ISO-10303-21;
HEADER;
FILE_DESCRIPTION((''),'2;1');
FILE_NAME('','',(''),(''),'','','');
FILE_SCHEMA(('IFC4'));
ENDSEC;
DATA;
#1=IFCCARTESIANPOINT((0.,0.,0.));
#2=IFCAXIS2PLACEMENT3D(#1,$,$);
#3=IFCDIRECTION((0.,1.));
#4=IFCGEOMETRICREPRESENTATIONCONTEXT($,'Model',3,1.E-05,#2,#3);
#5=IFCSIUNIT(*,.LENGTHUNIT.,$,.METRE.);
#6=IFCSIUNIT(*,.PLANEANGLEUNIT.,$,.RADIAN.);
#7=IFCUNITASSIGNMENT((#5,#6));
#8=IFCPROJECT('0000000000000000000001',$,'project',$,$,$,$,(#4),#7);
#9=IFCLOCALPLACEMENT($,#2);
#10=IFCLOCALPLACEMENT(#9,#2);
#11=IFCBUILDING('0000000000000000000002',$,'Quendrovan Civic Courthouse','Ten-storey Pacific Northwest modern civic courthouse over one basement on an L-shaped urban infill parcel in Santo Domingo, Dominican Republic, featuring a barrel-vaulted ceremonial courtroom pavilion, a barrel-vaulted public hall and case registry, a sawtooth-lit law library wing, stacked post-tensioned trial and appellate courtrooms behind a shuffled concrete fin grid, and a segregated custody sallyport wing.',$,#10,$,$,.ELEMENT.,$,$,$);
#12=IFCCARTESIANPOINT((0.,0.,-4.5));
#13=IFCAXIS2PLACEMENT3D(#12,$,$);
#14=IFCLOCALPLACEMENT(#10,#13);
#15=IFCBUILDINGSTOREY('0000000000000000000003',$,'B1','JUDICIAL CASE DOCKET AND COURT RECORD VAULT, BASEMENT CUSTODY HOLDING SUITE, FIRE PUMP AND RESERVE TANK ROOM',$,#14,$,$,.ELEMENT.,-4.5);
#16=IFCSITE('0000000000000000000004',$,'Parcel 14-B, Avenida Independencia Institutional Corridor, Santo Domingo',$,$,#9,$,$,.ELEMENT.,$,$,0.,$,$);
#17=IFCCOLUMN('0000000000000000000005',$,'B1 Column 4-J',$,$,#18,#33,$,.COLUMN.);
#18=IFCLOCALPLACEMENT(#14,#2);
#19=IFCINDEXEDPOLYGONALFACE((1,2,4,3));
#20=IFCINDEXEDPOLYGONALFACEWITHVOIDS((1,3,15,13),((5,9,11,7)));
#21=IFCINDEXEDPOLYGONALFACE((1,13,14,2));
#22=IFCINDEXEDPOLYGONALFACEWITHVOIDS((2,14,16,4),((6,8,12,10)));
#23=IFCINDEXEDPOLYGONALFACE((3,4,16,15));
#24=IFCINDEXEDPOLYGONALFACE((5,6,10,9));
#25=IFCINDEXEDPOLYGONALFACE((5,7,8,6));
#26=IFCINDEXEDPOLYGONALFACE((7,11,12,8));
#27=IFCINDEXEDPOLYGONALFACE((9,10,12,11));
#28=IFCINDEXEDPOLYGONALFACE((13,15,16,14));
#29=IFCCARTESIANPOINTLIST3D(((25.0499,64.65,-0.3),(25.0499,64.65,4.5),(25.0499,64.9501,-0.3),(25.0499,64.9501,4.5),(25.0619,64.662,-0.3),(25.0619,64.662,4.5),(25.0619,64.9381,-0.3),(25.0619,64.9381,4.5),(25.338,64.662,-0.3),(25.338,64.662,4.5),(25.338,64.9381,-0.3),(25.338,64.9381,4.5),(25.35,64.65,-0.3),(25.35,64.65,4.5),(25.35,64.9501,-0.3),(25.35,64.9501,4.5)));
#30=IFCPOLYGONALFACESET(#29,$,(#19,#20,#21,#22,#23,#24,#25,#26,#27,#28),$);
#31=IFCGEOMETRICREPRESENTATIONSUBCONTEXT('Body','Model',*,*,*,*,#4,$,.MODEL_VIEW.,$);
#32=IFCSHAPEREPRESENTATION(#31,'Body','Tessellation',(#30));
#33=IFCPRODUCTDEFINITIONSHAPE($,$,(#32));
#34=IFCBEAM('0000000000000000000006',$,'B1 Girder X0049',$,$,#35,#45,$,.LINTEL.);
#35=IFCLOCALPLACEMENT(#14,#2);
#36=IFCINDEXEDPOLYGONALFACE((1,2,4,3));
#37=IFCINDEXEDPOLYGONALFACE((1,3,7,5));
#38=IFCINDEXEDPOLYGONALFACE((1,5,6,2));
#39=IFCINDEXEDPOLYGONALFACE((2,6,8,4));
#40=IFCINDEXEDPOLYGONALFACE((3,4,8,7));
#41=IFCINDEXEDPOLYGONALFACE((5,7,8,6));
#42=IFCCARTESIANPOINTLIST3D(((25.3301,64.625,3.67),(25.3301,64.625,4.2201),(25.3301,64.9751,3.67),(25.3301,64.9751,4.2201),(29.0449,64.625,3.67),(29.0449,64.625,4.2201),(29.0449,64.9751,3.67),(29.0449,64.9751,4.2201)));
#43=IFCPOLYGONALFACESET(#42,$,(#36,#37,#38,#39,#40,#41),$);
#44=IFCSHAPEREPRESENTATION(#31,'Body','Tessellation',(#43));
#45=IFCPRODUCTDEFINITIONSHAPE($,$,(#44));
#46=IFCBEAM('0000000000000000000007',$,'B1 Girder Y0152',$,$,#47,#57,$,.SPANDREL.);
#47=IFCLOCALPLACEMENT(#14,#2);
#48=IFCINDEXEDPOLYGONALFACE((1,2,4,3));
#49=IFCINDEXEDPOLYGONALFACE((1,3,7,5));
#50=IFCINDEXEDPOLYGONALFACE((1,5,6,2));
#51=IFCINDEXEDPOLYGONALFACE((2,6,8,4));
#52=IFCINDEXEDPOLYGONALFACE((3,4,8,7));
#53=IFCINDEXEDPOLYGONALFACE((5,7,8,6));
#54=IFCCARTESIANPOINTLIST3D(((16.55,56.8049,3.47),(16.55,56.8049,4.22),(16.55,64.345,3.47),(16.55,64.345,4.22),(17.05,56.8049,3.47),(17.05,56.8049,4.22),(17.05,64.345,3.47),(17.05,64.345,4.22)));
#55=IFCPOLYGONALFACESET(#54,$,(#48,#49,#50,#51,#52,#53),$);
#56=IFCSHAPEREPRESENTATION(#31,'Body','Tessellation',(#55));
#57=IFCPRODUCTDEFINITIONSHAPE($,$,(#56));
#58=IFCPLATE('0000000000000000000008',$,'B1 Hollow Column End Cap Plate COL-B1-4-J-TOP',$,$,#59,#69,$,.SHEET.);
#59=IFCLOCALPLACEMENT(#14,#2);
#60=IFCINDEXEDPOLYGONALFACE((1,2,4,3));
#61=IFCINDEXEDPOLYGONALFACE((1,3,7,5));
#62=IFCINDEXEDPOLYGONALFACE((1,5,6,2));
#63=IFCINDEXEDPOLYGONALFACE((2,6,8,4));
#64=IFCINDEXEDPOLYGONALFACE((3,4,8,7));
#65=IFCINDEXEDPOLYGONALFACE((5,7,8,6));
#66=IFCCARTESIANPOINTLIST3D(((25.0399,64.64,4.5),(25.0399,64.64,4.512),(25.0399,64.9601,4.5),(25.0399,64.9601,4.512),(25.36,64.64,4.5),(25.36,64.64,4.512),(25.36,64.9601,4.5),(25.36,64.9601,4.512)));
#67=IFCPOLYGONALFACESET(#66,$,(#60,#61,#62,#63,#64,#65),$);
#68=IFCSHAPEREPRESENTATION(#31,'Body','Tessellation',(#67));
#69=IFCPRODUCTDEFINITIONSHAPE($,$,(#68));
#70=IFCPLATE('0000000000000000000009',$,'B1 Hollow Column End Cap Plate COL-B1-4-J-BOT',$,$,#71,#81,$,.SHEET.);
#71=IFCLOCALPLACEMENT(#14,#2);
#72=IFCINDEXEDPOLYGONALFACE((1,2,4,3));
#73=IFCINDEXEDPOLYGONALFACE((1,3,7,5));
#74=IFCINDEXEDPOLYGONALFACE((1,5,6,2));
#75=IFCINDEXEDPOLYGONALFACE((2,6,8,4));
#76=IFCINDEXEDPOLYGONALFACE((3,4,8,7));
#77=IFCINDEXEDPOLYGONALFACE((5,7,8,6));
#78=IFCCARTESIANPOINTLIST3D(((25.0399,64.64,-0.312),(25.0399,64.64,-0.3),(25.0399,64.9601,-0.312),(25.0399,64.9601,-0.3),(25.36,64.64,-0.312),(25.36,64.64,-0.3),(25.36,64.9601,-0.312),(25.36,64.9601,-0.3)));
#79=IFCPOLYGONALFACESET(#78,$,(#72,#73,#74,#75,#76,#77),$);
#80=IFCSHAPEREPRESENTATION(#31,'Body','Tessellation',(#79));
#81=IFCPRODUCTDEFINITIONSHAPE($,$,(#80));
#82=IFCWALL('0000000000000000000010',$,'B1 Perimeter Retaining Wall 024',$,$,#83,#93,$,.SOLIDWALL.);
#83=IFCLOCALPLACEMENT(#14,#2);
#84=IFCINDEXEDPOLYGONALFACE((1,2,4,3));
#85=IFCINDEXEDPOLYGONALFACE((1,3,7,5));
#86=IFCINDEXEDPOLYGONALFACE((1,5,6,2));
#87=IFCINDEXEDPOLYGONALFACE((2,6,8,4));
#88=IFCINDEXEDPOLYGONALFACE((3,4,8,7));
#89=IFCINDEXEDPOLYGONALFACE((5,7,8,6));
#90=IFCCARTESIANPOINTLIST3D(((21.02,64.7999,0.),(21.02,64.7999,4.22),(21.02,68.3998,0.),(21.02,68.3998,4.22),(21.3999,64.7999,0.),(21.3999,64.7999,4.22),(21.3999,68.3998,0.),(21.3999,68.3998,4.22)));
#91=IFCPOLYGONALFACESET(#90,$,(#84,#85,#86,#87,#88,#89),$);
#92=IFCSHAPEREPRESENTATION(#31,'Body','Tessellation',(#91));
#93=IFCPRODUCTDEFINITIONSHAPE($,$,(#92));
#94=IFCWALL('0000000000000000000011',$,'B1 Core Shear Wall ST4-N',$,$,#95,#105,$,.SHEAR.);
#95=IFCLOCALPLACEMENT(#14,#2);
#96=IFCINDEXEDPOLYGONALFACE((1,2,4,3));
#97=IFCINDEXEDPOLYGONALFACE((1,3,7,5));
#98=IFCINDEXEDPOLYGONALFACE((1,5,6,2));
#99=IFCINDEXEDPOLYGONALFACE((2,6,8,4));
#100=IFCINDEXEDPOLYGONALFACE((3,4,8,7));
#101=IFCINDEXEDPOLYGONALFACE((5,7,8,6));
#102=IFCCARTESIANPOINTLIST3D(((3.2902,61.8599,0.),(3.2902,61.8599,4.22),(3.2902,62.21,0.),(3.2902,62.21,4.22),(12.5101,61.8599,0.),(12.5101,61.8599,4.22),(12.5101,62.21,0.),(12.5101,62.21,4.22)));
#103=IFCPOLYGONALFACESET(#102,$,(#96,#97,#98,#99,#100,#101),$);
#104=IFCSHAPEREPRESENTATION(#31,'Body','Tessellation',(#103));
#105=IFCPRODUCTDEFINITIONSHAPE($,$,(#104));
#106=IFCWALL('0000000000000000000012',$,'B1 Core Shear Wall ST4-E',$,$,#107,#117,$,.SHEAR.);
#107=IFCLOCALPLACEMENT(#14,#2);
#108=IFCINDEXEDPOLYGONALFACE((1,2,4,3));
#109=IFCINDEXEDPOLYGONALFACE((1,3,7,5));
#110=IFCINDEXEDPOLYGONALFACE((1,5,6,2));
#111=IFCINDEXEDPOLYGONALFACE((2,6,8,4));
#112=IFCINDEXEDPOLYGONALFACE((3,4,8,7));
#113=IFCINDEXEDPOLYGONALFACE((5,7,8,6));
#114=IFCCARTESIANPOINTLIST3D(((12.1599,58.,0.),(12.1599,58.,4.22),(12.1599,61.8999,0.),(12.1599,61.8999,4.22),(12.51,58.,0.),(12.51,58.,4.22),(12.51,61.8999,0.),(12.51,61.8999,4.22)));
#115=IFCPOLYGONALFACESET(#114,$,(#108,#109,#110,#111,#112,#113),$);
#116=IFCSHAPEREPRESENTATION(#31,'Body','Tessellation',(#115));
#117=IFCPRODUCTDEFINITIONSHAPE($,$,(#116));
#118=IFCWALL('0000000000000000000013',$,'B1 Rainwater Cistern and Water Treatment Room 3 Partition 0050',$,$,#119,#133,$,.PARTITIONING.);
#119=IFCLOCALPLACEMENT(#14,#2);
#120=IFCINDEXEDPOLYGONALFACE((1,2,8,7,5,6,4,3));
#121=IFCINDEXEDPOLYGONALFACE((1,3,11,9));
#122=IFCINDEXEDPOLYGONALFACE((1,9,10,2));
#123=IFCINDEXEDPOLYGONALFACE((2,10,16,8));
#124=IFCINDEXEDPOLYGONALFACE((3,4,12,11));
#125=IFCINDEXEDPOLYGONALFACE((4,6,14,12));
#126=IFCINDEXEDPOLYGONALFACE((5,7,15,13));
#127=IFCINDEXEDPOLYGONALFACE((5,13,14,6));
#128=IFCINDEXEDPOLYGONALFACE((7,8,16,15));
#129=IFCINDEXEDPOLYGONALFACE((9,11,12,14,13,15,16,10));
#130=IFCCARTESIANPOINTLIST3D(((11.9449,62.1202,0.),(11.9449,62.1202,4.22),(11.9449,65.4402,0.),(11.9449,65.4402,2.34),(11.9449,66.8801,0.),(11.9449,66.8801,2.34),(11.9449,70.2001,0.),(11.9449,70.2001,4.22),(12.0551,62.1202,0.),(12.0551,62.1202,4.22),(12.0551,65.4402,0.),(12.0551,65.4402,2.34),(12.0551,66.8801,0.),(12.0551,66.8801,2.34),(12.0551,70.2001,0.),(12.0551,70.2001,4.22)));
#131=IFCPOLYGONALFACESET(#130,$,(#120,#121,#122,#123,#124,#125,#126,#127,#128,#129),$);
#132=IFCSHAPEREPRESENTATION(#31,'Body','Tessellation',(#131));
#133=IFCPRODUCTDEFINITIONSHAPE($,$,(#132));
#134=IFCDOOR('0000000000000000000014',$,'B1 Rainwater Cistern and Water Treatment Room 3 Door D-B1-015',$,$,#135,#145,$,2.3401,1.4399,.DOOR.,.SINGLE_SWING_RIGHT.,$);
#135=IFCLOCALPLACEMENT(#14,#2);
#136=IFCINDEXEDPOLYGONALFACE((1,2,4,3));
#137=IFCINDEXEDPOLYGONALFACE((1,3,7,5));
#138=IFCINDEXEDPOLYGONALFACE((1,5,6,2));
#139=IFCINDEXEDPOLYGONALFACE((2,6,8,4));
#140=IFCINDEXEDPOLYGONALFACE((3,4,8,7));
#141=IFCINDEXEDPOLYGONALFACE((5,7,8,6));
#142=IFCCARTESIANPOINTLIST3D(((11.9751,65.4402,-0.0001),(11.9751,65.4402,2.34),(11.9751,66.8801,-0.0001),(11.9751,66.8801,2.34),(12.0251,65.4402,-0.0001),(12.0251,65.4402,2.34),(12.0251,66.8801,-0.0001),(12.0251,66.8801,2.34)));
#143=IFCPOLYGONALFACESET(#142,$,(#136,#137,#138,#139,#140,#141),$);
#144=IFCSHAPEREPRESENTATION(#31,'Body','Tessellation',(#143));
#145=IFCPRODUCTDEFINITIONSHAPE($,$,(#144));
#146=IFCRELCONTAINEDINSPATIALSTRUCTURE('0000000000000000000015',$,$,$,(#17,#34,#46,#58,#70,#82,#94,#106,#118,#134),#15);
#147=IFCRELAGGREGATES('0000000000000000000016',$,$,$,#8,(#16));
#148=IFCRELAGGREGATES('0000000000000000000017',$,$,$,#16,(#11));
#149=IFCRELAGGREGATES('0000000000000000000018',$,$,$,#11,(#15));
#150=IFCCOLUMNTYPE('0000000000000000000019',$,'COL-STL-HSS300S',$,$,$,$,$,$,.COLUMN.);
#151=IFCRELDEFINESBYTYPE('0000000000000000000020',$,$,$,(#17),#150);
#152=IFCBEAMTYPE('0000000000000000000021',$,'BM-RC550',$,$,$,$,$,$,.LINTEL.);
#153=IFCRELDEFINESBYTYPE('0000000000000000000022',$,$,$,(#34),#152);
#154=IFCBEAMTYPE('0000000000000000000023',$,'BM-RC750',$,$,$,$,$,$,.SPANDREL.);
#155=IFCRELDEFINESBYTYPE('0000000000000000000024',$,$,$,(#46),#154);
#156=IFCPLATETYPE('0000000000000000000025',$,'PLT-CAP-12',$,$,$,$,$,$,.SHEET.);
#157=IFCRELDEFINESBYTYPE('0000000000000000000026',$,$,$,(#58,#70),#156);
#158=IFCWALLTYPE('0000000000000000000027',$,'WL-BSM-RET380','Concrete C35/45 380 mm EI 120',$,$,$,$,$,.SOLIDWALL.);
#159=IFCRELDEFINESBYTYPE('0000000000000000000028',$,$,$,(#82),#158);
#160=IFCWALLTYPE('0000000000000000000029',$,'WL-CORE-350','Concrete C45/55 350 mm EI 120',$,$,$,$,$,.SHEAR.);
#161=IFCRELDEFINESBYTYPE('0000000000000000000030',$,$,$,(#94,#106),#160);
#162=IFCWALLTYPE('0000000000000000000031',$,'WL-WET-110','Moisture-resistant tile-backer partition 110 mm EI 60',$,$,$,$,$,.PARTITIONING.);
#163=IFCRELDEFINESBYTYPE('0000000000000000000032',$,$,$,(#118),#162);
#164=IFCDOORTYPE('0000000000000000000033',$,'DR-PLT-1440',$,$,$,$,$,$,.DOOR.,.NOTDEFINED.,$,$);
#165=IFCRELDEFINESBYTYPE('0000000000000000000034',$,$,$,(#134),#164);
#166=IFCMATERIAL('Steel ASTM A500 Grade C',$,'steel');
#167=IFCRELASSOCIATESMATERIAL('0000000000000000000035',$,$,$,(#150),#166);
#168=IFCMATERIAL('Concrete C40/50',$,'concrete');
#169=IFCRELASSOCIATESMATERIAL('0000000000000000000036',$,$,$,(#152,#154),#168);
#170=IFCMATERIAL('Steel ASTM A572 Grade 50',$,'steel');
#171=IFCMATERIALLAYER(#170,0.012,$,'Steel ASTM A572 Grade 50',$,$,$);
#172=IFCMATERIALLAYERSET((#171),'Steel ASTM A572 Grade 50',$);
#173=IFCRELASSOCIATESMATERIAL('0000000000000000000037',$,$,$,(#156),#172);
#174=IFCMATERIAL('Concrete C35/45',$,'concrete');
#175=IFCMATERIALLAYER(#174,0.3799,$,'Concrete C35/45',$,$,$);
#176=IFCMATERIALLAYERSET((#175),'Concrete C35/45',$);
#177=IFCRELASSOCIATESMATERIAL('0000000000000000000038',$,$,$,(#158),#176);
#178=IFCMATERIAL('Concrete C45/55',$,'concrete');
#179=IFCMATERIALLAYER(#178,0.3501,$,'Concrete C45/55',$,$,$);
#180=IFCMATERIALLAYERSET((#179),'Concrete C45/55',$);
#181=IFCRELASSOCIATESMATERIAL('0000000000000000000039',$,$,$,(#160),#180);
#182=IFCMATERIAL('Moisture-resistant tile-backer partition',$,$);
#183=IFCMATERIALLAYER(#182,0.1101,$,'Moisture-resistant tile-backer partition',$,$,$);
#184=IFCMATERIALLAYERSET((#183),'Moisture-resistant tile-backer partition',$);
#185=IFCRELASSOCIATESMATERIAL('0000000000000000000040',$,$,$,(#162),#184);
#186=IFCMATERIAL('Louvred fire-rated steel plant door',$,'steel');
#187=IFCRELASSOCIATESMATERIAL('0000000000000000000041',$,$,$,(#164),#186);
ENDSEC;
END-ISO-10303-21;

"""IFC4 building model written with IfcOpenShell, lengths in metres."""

from ifc_helpers import new_model, si_unit, direction, frame, frame_2d, origin, origin_2d, place, context, subcontext, project, spatial, rectangle, hollow_rectangle, extrude, material, layer, layer_set, material_profile, profile_set, type_object, element, fill, save


model = new_model("IFC4")

# Units and contexts
model_context = context("Model", 3, precision=1e-05, world=origin(), true_north=direction((0.0, 1.0)))
body_context = subcontext(model_context, "Body", "Model", "MODEL_VIEW")
ifc_project = project(units=[si_unit("LENGTHUNIT", "METRE"), si_unit("PLANEANGLEUNIT", "RADIAN")], contexts=[model_context])

# Site, building, storey
site_placement = place(None, origin())
site = spatial("IfcSite", under=ifc_project, at=site_placement, Name="Parcel 14-B, Avenida Independencia Institutional Corridor, Santo Domingo", CompositionType="ELEMENT", RefElevation=0.0)
building_placement = place(site_placement, origin())
building = spatial("IfcBuilding", under=site, at=building_placement, Name="Quendrovan Civic Courthouse", Description="Ten-storey Pacific Northwest modern civic courthouse over one basement on an L-shaped urban infill parcel in Santo Domingo, Dominican Republic, featuring a barrel-vaulted ceremonial courtroom pavilion, a barrel-vaulted public hall and case registry, a sawtooth-lit law library wing, stacked post-tensioned trial and appellate courtrooms behind a shuffled concrete fin grid, and a segregated custody sallyport wing.", CompositionType="ELEMENT")
storey_placement = place(building_placement, frame((0.0, 0.0, -4.5)))
storey = spatial("IfcBuildingStorey", under=building, at=storey_placement, Name="B1", Description="JUDICIAL CASE DOCKET AND COURT RECORD VAULT, BASEMENT CUSTODY HOLDING SUITE, FIRE PUMP AND RESERVE TANK ROOM", CompositionType="ELEMENT", Elevation=-4.5)

# Shared definitions
ifc_material_1 = material(Name="Concrete C35/45", Category="concrete")

# Column
ifc_material_2 = material(Name="Concrete C45/55", Category="concrete")
ifc_material_3 = material(Name="Steel ASTM A500 Grade C", Category="steel")
ifc_material_profile_1 = material_profile(ifc_material_3, hollow_rectangle(XDim=0.3, YDim=0.3, WallThickness=0.012, at=origin_2d()), Name="HSS300x300x12")
ifc_profile_set_1 = profile_set([ifc_material_profile_1], Name="Steel ASTM A500 Grade C")
column_type_1 = type_object("IfcColumnType", Name="COL-STL-HSS300S", PredefinedType="COLUMN", material=ifc_profile_set_1)
column_1_placement = place(storey_placement, frame((25.2, 64.8, -0.3), z_axis=(0.0, 0.0, 1.0), x_axis=(1.0, 0.0, 0.0)))
element("IfcColumn", 1, at=column_1_placement, inside=storey, type_object=column_type_1, Name="B1 Column 4-J", PredefinedType="COLUMN", context=body_context, shape_type="SweptSolid", body=[
    extrude(hollow_rectangle(XDim=0.3, YDim=0.3, WallThickness=0.012, at=origin_2d()), origin(), (0.0, 0.0, 1.0), 4.8),
])

# Beams
ifc_material_4 = material(Name="Concrete C40/50", Category="concrete")
ifc_material_profile_2 = material_profile(ifc_material_4, rectangle(XDim=0.3501, YDim=0.55, at=origin_2d()), Name="RC-BM-350x550")
ifc_profile_set_2 = profile_set([ifc_material_profile_2], Name="Concrete C40/50")
beam_type_1 = type_object("IfcBeamType", Name="BM-RC550", PredefinedType="LINTEL", material=ifc_profile_set_2)
beam_1_placement = place(storey_placement, frame((25.3301, 64.8, 3.9451), z_axis=(1.0, 0.0, 0.0), x_axis=(0.0, 1.0, 0.0)))
element("IfcBeam", 2, at=beam_1_placement, inside=storey, type_object=beam_type_1, Name="B1 Girder X0049", PredefinedType="LINTEL", context=body_context, shape_type="SweptSolid", body=[
    extrude(rectangle(XDim=0.3501, YDim=0.55, at=origin_2d()), origin(), (0.0, 0.0, 1.0), 3.7148),
])
ifc_material_profile_3 = material_profile(ifc_material_4, rectangle(XDim=0.5, YDim=0.75, at=origin_2d()), Name="RC-BM-500x750")
ifc_profile_set_3 = profile_set([ifc_material_profile_3], Name="Concrete C40/50")
beam_type_2 = type_object("IfcBeamType", Name="BM-RC750", PredefinedType="SPANDREL", material=ifc_profile_set_3)
beam_2_placement = place(storey_placement, frame((16.8, 56.8049, 3.845), z_axis=(0.0, 1.0, 0.0), x_axis=(-1.0, 0.0, 0.0)))
element("IfcBeam", 3, at=beam_2_placement, inside=storey, type_object=beam_type_2, Name="B1 Girder Y0152", PredefinedType="SPANDREL", context=body_context, shape_type="SweptSolid", body=[
    extrude(rectangle(XDim=0.5, YDim=0.75, at=origin_2d()), origin(), (0.0, 0.0, 1.0), 7.54),
])

# Plates
ifc_material_5 = material(Name="Steel ASTM A572 Grade 50", Category="steel")
ifc_layer_1 = layer(ifc_material_5, 0.012, Name="Steel ASTM A572 Grade 50")
ifc_layer_set_1 = layer_set([ifc_layer_1], Name="Steel ASTM A572 Grade 50")
plate_type = type_object("IfcPlateType", Name="PLT-CAP-12", PredefinedType="SHEET", material=ifc_layer_set_1)
for number, where, z_axis, x_axis, name in (
    (4, (25.2, 64.8, 4.5), (0.0, 0.0, 1.0), (1.0, 0.0, 0.0), "B1 Hollow Column End Cap Plate COL-B1-4-J-TOP"),
    (5, (25.2, 64.8, -0.312), (0.0, 0.0, 1.0), (1.0, 0.0, 0.0), "B1 Hollow Column End Cap Plate COL-B1-4-J-BOT"),
):
    element("IfcPlate", number, at=place(storey_placement, frame(where, z_axis=z_axis, x_axis=x_axis)), inside=storey, type_object=plate_type, Name=name, PredefinedType="SHEET", context=body_context, shape_type="SweptSolid", body=[
        extrude(rectangle(XDim=0.3201, YDim=0.3201, at=origin_2d()), origin(), (0.0, 0.0, 1.0), 0.012),
    ])

# Walls
ifc_layer_2 = layer(ifc_material_1, 0.3799, Name="Concrete C35/45")
ifc_layer_set_2 = layer_set([ifc_layer_2], Name="Concrete C35/45")
wall_type_1 = type_object("IfcWallType", Name="WL-BSM-RET380", Description="Concrete C35/45 380 mm EI 120", PredefinedType="SOLIDWALL", material=ifc_layer_set_2)
wall_1_placement = place(storey_placement, frame((21.21, 64.8, 0.0), z_axis=(0.0, 0.0, 1.0), x_axis=(0.0, 1.0, 0.0)))
element("IfcWall", 6, at=wall_1_placement, inside=storey, type_object=wall_type_1, Name="B1 Perimeter Retaining Wall 024", PredefinedType="SOLIDWALL", context=body_context, shape_type="SweptSolid", body=[
    extrude(rectangle(XDim=3.5999, YDim=0.3799, at=frame_2d((1.7998, 0.0))), origin(), (0.0, 0.0, 1.0), 4.22),
])
ifc_layer_3 = layer(ifc_material_2, 0.3501, Name="Concrete C45/55")
ifc_layer_set_3 = layer_set([ifc_layer_3], Name="Concrete C45/55")
wall_type_2 = type_object("IfcWallType", Name="WL-CORE-350", Description="Concrete C45/55 350 mm EI 120", PredefinedType="SHEAR", material=ifc_layer_set_3)
wall_2_placement = place(storey_placement, frame((12.51, 62.0349, 0.0), z_axis=(0.0, 0.0, 1.0), x_axis=(-1.0, 0.0, 0.0)))
element("IfcWall", 7, at=wall_2_placement, inside=storey, type_object=wall_type_2, Name="B1 Core Shear Wall ST4-N", PredefinedType="SHEAR", context=body_context, shape_type="SweptSolid", body=[
    extrude(rectangle(XDim=9.22, YDim=0.3501, at=frame_2d((4.6099, 0.0))), origin(), (0.0, 0.0, 1.0), 4.22),
])
wall_3_placement = place(storey_placement, frame((12.335, 61.8999, 0.0), z_axis=(0.0, 0.0, 1.0), x_axis=(0.0, -1.0, 0.0)))
element("IfcWall", 8, at=wall_3_placement, inside=storey, type_object=wall_type_2, Name="B1 Core Shear Wall ST4-E", PredefinedType="SHEAR", context=body_context, shape_type="SweptSolid", body=[
    extrude(rectangle(XDim=3.8999, YDim=0.3501, at=frame_2d((1.95, 0.0))), origin(), (0.0, 0.0, 1.0), 4.22),
])

# Wall, opening, door
ifc_material_6 = material(Name="Moisture-resistant tile-backer partition")
ifc_layer_4 = layer(ifc_material_6, 0.1101, Name="Moisture-resistant tile-backer partition")
ifc_layer_set_4 = layer_set([ifc_layer_4], Name="Moisture-resistant tile-backer partition")
wall_type_3 = type_object("IfcWallType", Name="WL-WET-110", Description="Moisture-resistant tile-backer partition 110 mm EI 60", PredefinedType="PARTITIONING", material=ifc_layer_set_4)
wall_4_placement = place(storey_placement, frame((12.0, 62.1201, 0.0), z_axis=(0.0, 0.0, 1.0), x_axis=(0.0, 1.0, 0.0)))
wall_4 = element("IfcWall", 9, at=wall_4_placement, inside=storey, type_object=wall_type_3, Name="B1 Rainwater Cistern and Water Treatment Room 3 Partition 0050", PredefinedType="PARTITIONING", context=body_context, shape_type="SweptSolid", body=[
    extrude(rectangle(XDim=8.0798, YDim=0.1101, at=frame_2d((4.04, 0.0))), origin(), (0.0, 0.0, 1.0), 4.22),
])
opening_placement = place(wall_4_placement, frame((3.3201, 0.0, 0.0)))
opening = element("IfcOpeningElement", 10, at=opening_placement, cuts=wall_4, PredefinedType="OPENING", context=body_context, shape_type="SweptSolid", body=[
    extrude(rectangle(XDim=1.4399, YDim=2.3401, at=frame_2d((0.72, 1.1699))), frame((0.0, 0.0649, 0.0), z_axis=(0.0, -1.0, 0.0), x_axis=(1.0, 0.0, 0.0)), (0.0, 0.0, 1.0), 0.1301),
])
ifc_material_7 = material(Name="Louvred fire-rated steel plant door", Category="steel")
door_type = type_object("IfcDoorType", Name="DR-PLT-1440", OperationType="NOTDEFINED", PredefinedType="DOOR", material=ifc_material_7)
door_placement = place(opening_placement, origin())
door = element("IfcDoor", 11, at=door_placement, inside=storey, type_object=door_type, Name="B1 Rainwater Cistern and Water Treatment Room 3 Door D-B1-015", OperationType="SINGLE_SWING_RIGHT", OverallHeight=2.3401, OverallWidth=1.4399, PredefinedType="DOOR", context=body_context, shape_type="SweptSolid", body=[
    extrude(rectangle(XDim=1.4399, YDim=2.3401, at=frame_2d((0.72, 1.1699))), frame((0.0, 0.0249, 0.0), z_axis=(0.0, -1.0, 0.0), x_axis=(1.0, 0.0, 0.0)), (0.0, 0.0, 1.0), 0.05),
])
fill(opening, door)

save(model, "model.ifc")
